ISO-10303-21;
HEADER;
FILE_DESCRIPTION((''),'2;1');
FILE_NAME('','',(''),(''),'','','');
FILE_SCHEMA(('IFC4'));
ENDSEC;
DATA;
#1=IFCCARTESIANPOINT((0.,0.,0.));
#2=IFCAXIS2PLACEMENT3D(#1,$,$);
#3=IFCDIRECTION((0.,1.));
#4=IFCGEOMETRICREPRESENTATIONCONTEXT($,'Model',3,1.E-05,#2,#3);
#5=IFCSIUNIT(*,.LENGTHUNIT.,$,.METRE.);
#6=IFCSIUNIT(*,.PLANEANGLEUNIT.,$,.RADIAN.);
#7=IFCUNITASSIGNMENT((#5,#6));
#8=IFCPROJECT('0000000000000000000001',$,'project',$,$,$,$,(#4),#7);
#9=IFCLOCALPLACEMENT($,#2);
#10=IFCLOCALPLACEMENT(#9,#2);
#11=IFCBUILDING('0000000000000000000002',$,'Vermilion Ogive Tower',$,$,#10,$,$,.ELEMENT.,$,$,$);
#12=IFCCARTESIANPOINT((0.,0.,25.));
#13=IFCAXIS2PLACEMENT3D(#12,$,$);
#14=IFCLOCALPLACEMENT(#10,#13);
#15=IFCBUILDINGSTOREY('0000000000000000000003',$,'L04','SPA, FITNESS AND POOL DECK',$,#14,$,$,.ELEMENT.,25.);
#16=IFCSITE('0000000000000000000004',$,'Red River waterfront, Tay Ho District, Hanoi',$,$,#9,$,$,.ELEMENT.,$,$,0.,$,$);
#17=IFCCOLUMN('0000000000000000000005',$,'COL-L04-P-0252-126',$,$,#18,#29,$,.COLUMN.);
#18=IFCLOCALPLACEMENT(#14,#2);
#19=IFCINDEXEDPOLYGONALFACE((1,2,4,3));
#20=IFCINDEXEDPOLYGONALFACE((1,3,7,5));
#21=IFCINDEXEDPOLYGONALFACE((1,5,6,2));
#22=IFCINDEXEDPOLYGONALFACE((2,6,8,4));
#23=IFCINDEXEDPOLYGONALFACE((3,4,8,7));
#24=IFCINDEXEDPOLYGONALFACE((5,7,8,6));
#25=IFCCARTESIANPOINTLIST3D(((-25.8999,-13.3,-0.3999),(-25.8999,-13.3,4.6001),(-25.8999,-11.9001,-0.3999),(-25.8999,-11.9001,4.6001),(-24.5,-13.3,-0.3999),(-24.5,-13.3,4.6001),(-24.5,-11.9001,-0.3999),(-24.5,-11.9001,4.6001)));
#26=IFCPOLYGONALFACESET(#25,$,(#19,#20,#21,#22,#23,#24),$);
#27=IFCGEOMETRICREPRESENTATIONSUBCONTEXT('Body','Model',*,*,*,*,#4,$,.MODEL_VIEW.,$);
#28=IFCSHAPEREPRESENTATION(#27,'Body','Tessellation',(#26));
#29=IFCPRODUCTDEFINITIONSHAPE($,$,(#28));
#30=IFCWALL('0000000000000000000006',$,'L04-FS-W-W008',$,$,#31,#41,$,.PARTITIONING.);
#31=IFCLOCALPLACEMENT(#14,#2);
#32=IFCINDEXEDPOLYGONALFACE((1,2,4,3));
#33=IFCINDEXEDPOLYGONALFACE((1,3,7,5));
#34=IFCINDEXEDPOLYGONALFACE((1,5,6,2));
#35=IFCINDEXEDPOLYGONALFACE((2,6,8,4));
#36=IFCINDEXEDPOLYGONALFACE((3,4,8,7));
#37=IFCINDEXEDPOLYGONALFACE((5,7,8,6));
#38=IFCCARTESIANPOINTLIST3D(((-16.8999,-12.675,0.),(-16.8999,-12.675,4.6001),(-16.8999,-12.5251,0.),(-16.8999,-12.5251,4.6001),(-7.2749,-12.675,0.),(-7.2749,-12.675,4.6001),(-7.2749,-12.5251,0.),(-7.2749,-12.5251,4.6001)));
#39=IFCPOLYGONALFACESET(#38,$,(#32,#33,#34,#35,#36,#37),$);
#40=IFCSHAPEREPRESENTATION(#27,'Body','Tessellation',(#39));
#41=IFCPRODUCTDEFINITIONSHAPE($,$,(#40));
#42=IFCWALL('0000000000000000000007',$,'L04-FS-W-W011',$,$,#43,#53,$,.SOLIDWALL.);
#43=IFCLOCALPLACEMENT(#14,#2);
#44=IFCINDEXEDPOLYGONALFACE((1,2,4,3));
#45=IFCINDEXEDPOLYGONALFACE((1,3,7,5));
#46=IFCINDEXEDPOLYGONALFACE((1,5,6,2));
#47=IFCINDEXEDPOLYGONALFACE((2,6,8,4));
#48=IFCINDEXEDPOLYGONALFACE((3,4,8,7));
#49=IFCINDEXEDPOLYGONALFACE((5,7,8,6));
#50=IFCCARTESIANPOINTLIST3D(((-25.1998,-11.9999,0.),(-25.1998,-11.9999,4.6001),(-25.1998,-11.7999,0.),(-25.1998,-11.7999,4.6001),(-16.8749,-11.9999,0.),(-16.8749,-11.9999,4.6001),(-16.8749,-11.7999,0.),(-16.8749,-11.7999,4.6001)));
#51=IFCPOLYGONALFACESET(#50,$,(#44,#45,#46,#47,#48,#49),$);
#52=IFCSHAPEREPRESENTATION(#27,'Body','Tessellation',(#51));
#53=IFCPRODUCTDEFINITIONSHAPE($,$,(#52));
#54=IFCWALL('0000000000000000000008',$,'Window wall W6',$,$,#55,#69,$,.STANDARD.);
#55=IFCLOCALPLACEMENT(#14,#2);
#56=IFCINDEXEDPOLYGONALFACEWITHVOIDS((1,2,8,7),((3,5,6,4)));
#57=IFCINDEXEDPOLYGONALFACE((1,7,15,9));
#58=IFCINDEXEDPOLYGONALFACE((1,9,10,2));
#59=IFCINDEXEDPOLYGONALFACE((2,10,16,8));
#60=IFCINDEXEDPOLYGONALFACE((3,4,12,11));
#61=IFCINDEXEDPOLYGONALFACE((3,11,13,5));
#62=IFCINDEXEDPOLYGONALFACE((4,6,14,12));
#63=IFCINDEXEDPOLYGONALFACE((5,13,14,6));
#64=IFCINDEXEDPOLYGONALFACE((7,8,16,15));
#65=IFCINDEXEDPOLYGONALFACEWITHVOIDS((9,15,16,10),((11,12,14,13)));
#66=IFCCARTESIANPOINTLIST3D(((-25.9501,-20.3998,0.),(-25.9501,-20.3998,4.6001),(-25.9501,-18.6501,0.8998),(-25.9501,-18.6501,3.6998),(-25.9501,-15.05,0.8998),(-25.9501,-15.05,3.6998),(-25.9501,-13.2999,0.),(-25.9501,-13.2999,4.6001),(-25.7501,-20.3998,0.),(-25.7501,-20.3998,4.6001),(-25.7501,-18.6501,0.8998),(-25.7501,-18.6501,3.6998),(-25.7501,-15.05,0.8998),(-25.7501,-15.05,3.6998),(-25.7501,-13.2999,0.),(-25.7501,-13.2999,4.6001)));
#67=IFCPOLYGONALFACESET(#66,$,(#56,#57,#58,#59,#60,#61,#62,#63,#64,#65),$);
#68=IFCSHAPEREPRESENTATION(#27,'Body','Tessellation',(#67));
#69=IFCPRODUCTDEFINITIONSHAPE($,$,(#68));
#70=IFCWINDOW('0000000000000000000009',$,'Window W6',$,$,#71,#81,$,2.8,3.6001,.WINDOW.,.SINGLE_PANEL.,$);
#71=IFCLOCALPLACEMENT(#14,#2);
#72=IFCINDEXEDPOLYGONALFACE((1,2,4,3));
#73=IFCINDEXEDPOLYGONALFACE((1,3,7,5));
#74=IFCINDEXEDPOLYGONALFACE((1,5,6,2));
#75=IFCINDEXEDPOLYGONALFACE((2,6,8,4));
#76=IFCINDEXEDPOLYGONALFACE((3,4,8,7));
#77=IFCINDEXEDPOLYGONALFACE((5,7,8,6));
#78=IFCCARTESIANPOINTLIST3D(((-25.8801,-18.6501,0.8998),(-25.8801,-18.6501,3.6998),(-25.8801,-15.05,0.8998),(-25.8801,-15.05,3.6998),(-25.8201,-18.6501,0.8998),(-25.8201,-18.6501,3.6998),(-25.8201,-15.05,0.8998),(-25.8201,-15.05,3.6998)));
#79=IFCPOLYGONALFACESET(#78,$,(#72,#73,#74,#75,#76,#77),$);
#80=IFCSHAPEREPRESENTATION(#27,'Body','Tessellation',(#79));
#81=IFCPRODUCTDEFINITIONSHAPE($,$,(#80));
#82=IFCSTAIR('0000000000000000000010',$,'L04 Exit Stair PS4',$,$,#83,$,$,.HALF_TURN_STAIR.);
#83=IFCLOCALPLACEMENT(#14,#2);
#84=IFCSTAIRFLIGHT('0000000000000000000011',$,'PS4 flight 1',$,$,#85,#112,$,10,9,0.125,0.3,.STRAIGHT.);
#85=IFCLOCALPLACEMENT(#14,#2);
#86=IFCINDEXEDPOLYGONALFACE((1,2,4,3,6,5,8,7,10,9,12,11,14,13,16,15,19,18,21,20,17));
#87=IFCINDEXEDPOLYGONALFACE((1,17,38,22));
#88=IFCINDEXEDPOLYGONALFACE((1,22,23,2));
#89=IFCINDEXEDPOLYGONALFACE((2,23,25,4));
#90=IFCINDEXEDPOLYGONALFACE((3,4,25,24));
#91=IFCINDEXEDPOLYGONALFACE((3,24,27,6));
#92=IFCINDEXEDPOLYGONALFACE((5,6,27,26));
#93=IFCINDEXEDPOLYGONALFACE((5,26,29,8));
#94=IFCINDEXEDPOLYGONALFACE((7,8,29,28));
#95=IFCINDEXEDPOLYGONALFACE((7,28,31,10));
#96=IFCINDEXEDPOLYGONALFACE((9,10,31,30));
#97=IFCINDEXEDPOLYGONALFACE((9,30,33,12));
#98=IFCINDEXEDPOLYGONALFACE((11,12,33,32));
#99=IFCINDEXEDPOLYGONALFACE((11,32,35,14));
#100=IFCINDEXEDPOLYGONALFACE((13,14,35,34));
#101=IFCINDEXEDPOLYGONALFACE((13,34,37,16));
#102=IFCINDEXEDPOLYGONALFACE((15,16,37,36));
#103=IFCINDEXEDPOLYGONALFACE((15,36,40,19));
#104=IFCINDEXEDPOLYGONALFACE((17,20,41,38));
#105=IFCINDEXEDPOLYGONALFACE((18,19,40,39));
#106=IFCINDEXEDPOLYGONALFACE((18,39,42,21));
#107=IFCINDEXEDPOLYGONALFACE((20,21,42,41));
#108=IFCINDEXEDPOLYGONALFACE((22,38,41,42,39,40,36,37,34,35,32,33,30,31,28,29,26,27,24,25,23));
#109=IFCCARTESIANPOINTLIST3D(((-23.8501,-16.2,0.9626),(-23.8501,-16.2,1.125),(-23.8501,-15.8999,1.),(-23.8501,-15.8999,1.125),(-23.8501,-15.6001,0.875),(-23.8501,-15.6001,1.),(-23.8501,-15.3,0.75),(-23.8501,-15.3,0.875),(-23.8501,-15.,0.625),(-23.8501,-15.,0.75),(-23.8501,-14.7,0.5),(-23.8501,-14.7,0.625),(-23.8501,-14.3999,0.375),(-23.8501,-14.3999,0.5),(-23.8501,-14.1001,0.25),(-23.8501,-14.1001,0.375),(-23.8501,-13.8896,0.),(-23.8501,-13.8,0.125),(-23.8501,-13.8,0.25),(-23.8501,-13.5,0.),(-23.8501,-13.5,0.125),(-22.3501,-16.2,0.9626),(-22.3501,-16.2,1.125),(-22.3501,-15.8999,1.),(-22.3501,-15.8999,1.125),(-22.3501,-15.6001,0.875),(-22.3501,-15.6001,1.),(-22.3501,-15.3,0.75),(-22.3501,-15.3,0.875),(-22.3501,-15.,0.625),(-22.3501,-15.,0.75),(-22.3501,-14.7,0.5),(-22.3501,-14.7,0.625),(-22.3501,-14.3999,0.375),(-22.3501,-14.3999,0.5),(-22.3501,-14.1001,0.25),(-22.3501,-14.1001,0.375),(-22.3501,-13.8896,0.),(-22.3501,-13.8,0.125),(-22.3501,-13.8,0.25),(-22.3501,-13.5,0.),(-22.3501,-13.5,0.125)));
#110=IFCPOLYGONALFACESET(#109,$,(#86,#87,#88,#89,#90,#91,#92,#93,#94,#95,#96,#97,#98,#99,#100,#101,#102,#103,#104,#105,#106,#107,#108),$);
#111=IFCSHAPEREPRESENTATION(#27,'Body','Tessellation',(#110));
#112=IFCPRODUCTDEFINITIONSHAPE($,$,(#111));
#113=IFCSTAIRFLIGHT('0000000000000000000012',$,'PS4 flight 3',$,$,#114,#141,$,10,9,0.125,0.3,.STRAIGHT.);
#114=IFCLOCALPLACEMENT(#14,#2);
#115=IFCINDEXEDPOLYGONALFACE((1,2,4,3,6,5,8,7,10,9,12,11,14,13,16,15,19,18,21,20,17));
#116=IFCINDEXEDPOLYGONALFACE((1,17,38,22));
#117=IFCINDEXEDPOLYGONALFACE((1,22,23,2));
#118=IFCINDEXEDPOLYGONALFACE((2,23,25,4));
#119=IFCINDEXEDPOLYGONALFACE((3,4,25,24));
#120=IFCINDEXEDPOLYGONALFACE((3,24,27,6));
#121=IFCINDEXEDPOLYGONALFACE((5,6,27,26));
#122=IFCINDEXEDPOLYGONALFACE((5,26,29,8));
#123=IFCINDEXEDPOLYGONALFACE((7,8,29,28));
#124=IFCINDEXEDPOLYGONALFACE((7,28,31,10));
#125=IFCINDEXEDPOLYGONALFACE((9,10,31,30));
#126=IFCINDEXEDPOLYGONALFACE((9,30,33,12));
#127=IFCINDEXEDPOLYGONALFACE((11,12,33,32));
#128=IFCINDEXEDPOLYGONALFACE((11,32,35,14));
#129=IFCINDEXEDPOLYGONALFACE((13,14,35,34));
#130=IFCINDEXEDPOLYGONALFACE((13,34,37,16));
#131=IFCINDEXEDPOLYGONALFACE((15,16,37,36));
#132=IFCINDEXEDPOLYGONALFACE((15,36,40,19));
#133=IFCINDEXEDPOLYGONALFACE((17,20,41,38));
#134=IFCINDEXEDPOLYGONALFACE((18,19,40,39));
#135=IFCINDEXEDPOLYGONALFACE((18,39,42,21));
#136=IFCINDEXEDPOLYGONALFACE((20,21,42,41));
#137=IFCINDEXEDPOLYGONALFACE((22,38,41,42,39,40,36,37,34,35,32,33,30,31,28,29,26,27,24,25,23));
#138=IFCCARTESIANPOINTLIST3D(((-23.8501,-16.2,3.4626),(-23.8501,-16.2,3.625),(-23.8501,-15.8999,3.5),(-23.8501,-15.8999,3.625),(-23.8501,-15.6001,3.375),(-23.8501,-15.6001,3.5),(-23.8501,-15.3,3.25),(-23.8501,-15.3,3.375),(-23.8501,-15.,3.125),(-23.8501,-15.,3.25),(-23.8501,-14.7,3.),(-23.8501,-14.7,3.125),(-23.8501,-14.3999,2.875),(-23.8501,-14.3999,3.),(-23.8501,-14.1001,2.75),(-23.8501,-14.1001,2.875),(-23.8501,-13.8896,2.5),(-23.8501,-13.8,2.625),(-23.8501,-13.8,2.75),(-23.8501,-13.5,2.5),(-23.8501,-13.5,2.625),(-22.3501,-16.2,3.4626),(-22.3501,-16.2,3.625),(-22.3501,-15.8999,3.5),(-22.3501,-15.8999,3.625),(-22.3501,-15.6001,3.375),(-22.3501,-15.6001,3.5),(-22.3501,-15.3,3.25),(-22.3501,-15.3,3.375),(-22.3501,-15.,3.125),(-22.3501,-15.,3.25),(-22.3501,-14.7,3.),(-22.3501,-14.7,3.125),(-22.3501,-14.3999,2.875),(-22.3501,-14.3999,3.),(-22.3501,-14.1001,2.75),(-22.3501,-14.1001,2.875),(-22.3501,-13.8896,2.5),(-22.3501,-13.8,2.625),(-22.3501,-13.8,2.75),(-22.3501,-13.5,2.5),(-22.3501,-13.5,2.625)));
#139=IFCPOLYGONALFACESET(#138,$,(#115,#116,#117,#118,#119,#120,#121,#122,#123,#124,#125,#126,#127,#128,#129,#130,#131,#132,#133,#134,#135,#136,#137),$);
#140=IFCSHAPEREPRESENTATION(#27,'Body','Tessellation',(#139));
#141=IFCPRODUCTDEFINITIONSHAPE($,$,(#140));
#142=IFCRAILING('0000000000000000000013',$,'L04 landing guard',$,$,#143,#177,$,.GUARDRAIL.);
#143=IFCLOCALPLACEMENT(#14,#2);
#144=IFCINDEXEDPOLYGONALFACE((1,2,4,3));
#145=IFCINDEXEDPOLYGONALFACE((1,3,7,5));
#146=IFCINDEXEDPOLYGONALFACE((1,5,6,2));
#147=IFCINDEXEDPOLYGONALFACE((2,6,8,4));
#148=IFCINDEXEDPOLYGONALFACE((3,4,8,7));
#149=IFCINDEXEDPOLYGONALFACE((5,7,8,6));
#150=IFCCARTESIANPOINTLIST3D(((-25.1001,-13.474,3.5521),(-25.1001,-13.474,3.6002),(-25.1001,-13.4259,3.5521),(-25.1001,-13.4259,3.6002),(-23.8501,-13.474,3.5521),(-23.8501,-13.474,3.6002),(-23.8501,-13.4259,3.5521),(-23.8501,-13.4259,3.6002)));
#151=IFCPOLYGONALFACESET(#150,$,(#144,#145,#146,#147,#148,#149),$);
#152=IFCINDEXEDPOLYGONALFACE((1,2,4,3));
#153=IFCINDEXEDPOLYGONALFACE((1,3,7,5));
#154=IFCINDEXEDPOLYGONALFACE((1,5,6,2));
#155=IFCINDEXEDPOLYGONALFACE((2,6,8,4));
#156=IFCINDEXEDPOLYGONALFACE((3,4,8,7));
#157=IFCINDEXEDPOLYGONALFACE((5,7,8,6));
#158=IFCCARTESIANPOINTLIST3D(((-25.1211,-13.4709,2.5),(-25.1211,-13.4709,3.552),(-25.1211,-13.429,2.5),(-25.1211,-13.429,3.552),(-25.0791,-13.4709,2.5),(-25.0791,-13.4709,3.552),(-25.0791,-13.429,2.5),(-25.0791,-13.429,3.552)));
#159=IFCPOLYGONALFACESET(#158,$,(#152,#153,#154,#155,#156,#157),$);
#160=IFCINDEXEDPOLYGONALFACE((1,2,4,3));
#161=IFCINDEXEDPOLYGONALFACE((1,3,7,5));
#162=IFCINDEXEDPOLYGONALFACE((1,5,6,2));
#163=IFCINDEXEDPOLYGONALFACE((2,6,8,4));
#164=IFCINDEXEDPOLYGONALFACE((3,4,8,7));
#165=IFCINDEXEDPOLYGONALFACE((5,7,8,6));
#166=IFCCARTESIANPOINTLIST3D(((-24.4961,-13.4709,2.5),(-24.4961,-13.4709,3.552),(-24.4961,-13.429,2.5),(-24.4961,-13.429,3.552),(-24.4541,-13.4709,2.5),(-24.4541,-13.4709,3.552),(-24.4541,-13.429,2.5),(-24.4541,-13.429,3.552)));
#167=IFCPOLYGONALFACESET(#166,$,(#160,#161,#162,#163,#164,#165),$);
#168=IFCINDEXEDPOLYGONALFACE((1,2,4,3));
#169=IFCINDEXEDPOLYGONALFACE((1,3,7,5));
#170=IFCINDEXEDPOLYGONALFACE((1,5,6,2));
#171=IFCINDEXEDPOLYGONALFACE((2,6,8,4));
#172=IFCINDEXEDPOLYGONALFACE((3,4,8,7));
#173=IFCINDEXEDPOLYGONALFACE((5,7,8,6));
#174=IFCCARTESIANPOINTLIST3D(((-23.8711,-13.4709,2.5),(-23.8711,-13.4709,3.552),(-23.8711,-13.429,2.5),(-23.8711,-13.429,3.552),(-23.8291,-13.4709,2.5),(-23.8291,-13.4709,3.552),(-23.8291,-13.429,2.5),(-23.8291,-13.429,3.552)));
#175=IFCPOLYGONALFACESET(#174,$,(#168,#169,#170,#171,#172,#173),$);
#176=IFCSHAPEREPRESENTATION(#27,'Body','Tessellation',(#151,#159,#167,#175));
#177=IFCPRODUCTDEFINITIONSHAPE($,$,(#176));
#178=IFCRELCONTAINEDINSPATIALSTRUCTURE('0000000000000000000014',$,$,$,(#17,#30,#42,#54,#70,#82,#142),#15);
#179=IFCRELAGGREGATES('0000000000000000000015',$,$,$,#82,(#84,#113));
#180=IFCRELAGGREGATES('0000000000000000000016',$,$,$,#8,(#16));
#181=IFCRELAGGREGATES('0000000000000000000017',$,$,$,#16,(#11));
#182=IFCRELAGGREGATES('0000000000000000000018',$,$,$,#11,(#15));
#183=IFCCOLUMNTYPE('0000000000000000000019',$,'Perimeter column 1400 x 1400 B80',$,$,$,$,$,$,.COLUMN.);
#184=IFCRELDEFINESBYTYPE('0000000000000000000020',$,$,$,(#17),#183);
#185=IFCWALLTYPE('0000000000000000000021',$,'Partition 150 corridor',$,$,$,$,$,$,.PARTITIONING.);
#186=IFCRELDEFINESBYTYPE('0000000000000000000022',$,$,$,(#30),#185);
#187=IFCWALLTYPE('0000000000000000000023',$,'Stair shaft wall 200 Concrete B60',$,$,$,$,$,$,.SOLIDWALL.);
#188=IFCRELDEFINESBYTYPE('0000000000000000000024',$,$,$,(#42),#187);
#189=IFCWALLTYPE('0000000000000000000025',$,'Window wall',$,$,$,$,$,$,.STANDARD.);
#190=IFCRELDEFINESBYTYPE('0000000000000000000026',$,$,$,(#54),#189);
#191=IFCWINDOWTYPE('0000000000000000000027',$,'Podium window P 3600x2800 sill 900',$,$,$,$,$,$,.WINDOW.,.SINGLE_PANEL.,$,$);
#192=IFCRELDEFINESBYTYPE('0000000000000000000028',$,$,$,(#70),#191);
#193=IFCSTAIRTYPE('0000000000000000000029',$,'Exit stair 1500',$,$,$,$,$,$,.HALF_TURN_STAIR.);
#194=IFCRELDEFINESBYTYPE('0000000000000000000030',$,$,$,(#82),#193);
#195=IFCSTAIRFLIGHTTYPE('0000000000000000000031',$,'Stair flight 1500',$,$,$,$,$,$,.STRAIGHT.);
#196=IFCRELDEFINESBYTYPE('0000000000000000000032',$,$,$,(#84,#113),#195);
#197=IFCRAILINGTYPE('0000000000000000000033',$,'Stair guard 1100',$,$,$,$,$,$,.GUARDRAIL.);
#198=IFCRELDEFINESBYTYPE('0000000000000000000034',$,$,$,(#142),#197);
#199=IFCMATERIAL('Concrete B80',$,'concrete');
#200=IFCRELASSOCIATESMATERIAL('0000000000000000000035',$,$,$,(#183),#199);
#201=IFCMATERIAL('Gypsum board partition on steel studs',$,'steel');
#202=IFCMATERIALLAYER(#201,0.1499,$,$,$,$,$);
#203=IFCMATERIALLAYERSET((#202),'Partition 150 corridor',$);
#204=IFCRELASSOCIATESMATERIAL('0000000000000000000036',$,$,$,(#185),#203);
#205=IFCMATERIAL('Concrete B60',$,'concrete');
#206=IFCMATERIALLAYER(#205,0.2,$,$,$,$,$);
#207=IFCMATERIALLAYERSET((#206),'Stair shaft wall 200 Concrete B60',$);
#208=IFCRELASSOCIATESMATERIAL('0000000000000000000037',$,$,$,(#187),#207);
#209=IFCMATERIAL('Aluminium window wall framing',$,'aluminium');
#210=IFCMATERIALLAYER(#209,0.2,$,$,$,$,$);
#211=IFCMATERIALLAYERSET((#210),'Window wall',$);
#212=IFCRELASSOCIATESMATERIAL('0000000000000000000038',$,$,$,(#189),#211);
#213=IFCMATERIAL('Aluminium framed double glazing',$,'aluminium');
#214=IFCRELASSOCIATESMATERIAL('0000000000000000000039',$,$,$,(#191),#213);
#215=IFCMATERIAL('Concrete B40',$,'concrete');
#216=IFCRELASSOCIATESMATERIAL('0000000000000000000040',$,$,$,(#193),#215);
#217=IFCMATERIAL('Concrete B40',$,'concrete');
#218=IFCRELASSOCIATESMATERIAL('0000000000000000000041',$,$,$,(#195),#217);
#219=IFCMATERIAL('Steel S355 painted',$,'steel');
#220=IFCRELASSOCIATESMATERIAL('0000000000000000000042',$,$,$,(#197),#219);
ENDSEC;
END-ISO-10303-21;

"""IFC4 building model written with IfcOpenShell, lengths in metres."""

from ifc_helpers import new_model, si_unit, direction, frame, frame_2d, origin, origin_2d, place, context, subcontext, project, spatial, polyline, rectangle, outline, extrude, material, layer, layer_set, material_profile, profile_set, type_object, element, fill, aggregate, save


model = new_model("IFC4")

# Units and contexts
model_context = context("Model", 3, precision=1e-05, world=origin(), true_north=direction((0.0, 1.0)))
body_context = subcontext(model_context, "Body", "Model", "MODEL_VIEW")
ifc_project = project(units=[si_unit("LENGTHUNIT", "METRE"), si_unit("PLANEANGLEUNIT", "RADIAN")], contexts=[model_context])

# Site, building, storey
site_placement = place(None, origin())
site = spatial("IfcSite", under=ifc_project, at=site_placement, Name="Red River waterfront, Tay Ho District, Hanoi", CompositionType="ELEMENT", RefElevation=0.0)
building_placement = place(site_placement, origin())
building = spatial("IfcBuilding", under=site, at=building_placement, Name="Vermilion Ogive Tower", CompositionType="ELEMENT")
storey_placement = place(building_placement, frame((0.0, 0.0, 25.0)))
storey = spatial("IfcBuildingStorey", under=building, at=storey_placement, Name="L04", Description="SPA, FITNESS AND POOL DECK", CompositionType="ELEMENT", Elevation=25.0)

# Column
ifc_material_1 = material(Name="Concrete B80", Category="concrete")
ifc_material_profile = material_profile(ifc_material_1, rectangle(XDim=1.3999, YDim=1.3999, at=origin_2d()), Name="1400 x 1400")
ifc_profile_set = profile_set([ifc_material_profile], Name="Concrete B80")
column_type = type_object("IfcColumnType", Name="Perimeter column 1400 x 1400 B80", PredefinedType="COLUMN", material=ifc_profile_set)
column_placement = place(storey_placement, frame((-25.2, -12.6001, -0.3999), z_axis=(0.0, 0.0, 1.0), x_axis=(1.0, 0.0, 0.0)))
element("IfcColumn", 1, at=column_placement, inside=storey, type_object=column_type, Name="COL-L04-P-0252-126", PredefinedType="COLUMN", context=body_context, shape_type="SweptSolid", body=[
    extrude(rectangle(XDim=1.3999, YDim=1.3999, at=origin_2d()), origin(), (0.0, 0.0, 1.0), 5.0),
])

# Walls
ifc_material_2 = material(Name="Gypsum board partition on steel studs", Category="steel")
ifc_layer_1 = layer(ifc_material_2, 0.1499)
ifc_layer_set_1 = layer_set([ifc_layer_1], Name="Partition 150 corridor")
wall_type_1 = type_object("IfcWallType", Name="Partition 150 corridor", PredefinedType="PARTITIONING", material=ifc_layer_set_1)
wall_1_placement = place(storey_placement, frame((-16.8999, -12.6001, 0.0), z_axis=(0.0, 0.0, 1.0), x_axis=(1.0, 0.0, 0.0)))
element("IfcWall", 2, at=wall_1_placement, inside=storey, type_object=wall_type_1, Name="L04-FS-W-W008", PredefinedType="PARTITIONING", context=body_context, shape_type="SweptSolid", body=[
    extrude(rectangle(XDim=9.625, YDim=0.1499, at=frame_2d((4.8125, 0.0))), origin(), (0.0, 0.0, 1.0), 4.6001),
])
ifc_material_3 = material(Name="Concrete B60", Category="concrete")
ifc_layer_2 = layer(ifc_material_3, 0.2)
ifc_layer_set_2 = layer_set([ifc_layer_2], Name="Stair shaft wall 200 Concrete B60")
wall_type_2 = type_object("IfcWallType", Name="Stair shaft wall 200 Concrete B60", PredefinedType="SOLIDWALL", material=ifc_layer_set_2)
wall_2_placement = place(storey_placement, frame((-25.2, -11.8999, 0.0), z_axis=(0.0, 0.0, 1.0), x_axis=(1.0, 0.0, 0.0)))
element("IfcWall", 3, at=wall_2_placement, inside=storey, type_object=wall_type_2, Name="L04-FS-W-W011", PredefinedType="SOLIDWALL", context=body_context, shape_type="SweptSolid", body=[
    extrude(rectangle(XDim=8.325, YDim=0.2, at=frame_2d((4.1626, 0.0))), origin(), (0.0, 0.0, 1.0), 4.6001),
])

# Wall, opening, window
ifc_material_4 = material(Name="Aluminium window wall framing", Category="aluminium")
ifc_layer_3 = layer(ifc_material_4, 0.2)
ifc_layer_set_3 = layer_set([ifc_layer_3], Name="Window wall")
wall_type_3 = type_object("IfcWallType", Name="Window wall", PredefinedType="STANDARD", material=ifc_layer_set_3)
wall_3_placement = place(storey_placement, frame((-25.8501, -13.3, 0.0), z_axis=(0.0, 0.0, 1.0), x_axis=(0.0, -1.0, 0.0)))
wall_3 = element("IfcWall", 4, at=wall_3_placement, inside=storey, type_object=wall_type_3, Name="Window wall W6", PredefinedType="STANDARD", context=body_context, shape_type="SweptSolid", body=[
    extrude(rectangle(XDim=7.0999, YDim=0.2, at=frame_2d((3.5498, 0.0))), origin(), (0.0, 0.0, 1.0), 4.6001),
])
opening_placement = place(wall_3_placement, frame((1.75, 0.0, 0.8999)))
opening = element("IfcOpeningElement", 5, at=opening_placement, cuts=wall_3, PredefinedType="OPENING", context=body_context, shape_type="SweptSolid", body=[
    extrude(rectangle(XDim=3.6001, YDim=2.8, at=frame_2d((1.8, 1.3999))), frame((0.0, 0.1099, 0.0), z_axis=(0.0, -1.0, 0.0), x_axis=(1.0, 0.0, 0.0)), (0.0, 0.0, 1.0), 0.22),
])
ifc_material_5 = material(Name="Aluminium framed double glazing", Category="aluminium")
window_type = type_object("IfcWindowType", Name="Podium window P 3600x2800 sill 900", PartitioningType="SINGLE_PANEL", PredefinedType="WINDOW", material=ifc_material_5)
window_placement = place(opening_placement, origin())
window = element("IfcWindow", 6, at=window_placement, inside=storey, type_object=window_type, Name="Window W6", OverallHeight=2.8, OverallWidth=3.6001, PartitioningType="SINGLE_PANEL", PredefinedType="WINDOW", context=body_context, shape_type="SweptSolid", body=[
    extrude(rectangle(XDim=3.6001, YDim=2.8, at=frame_2d((1.8, 1.3999))), frame((0.0, 0.03, 0.0), z_axis=(0.0, -1.0, 0.0), x_axis=(1.0, 0.0, 0.0)), (0.0, 0.0, 1.0), 0.0601),
])
fill(opening, window)

# Stair, stair flights
ifc_material_6 = material(Name="Concrete B40", Category="concrete")
stair_type = type_object("IfcStairType", Name="Exit stair 1500", PredefinedType="HALF_TURN_STAIR", material=ifc_material_6)
stair_placement = place(storey_placement, origin())
stair = element("IfcStair", 7, at=stair_placement, inside=storey, type_object=stair_type, Name="L04 Exit Stair PS4", PredefinedType="HALF_TURN_STAIR")
ifc_material_7 = material(Name="Concrete B40", Category="concrete")
stair_flight_type = type_object("IfcStairFlightType", Name="Stair flight 1500", PredefinedType="STRAIGHT", material=ifc_material_7)
stair_flight_1_placement = place(storey_placement, frame((-23.1001, -13.5, 0.0), z_axis=(0.0, 0.0, 1.0), x_axis=(0.0, -1.0, 0.0)))
stair_flight_1 = element("IfcStairFlight", 8, at=stair_flight_1_placement, type_object=stair_flight_type, Name="PS4 flight 1", NumberOfRisers=10, NumberOfTreads=9, PredefinedType="STRAIGHT", RiserHeight=0.125, TreadLength=0.3, context=body_context, shape_type="SweptSolid", body=[
    extrude(outline(polyline([(0.0, 0.0), (0.0, 0.125), (0.3, 0.125), (0.3, 0.25), (0.6001, 0.25), (0.6001, 0.375), (0.8999, 0.375), (0.8999, 0.5), (1.2, 0.5), (1.2, 0.625), (1.5, 0.625), (1.5, 0.75), (1.8, 0.75), (1.8, 0.875), (2.1001, 0.875), (2.1001, 1.0), (2.3999, 1.0), (2.3999, 1.125), (2.7, 1.125), (2.7, 1.25), (2.7, 0.9626), (0.3896, 0.0), (0.0, 0.0)])), frame((0.0, 0.75, 0.0), z_axis=(0.0, -1.0, 0.0), x_axis=(1.0, 0.0, 0.0)), (0.0, 0.0, 1.0), 1.5),
])
stair_flight_2_placement = place(storey_placement, frame((-23.1001, -13.5, 2.5), z_axis=(0.0, 0.0, 1.0), x_axis=(0.0, -1.0, 0.0)))
stair_flight_2 = element("IfcStairFlight", 9, at=stair_flight_2_placement, type_object=stair_flight_type, Name="PS4 flight 3", NumberOfRisers=10, NumberOfTreads=9, PredefinedType="STRAIGHT", RiserHeight=0.125, TreadLength=0.3, context=body_context, shape_type="SweptSolid", body=[
    extrude(outline(polyline([(0.0, 0.0), (0.0, 0.125), (0.3, 0.125), (0.3, 0.25), (0.6001, 0.25), (0.6001, 0.375), (0.8999, 0.375), (0.8999, 0.5), (1.2, 0.5), (1.2, 0.625), (1.5, 0.625), (1.5, 0.75), (1.8, 0.75), (1.8, 0.875), (2.1001, 0.875), (2.1001, 1.0), (2.3999, 1.0), (2.3999, 1.125), (2.7, 1.125), (2.7, 1.25), (2.7, 0.9626), (0.3896, 0.0), (0.0, 0.0)])), frame((0.0, 0.75, 0.0), z_axis=(0.0, -1.0, 0.0), x_axis=(1.0, 0.0, 0.0)), (0.0, 0.0, 1.0), 1.5),
])
aggregate(stair, [stair_flight_1, stair_flight_2])

# Railing
ifc_material_8 = material(Name="Steel S355 painted", Category="steel")
railing_type_1 = type_object("IfcRailingType", Name="Stair guard 1100", PredefinedType="GUARDRAIL", material=ifc_material_8)
railing_1_placement = place(storey_placement, frame((-25.1001, -13.45, 2.5)))
element("IfcRailing", 10, at=railing_1_placement, inside=storey, type_object=railing_type_1, Name="L04 landing guard", PredefinedType="GUARDRAIL", context=body_context, shape_type="SweptSolid", body=[
    extrude(rectangle(XDim=0.0481, YDim=0.0481, at=origin_2d()), frame((0.0, 0.0, 1.0762), z_axis=(1.0, 0.0, 0.0), x_axis=(0.0, 1.0, 0.0)), (0.0, 0.0, 1.0), 1.25),
    extrude(rectangle(XDim=0.042, YDim=0.042, at=origin_2d()), origin(), (0.0, 0.0, 1.0), 1.052),
    extrude(rectangle(XDim=0.042, YDim=0.042, at=origin_2d()), frame((0.625, 0.0, 0.0)), (0.0, 0.0, 1.0), 1.052),
    extrude(rectangle(XDim=0.042, YDim=0.042, at=origin_2d()), frame((1.25, 0.0, 0.0)), (0.0, 0.0, 1.0), 1.052),
])

save(model, "model.ifc")
